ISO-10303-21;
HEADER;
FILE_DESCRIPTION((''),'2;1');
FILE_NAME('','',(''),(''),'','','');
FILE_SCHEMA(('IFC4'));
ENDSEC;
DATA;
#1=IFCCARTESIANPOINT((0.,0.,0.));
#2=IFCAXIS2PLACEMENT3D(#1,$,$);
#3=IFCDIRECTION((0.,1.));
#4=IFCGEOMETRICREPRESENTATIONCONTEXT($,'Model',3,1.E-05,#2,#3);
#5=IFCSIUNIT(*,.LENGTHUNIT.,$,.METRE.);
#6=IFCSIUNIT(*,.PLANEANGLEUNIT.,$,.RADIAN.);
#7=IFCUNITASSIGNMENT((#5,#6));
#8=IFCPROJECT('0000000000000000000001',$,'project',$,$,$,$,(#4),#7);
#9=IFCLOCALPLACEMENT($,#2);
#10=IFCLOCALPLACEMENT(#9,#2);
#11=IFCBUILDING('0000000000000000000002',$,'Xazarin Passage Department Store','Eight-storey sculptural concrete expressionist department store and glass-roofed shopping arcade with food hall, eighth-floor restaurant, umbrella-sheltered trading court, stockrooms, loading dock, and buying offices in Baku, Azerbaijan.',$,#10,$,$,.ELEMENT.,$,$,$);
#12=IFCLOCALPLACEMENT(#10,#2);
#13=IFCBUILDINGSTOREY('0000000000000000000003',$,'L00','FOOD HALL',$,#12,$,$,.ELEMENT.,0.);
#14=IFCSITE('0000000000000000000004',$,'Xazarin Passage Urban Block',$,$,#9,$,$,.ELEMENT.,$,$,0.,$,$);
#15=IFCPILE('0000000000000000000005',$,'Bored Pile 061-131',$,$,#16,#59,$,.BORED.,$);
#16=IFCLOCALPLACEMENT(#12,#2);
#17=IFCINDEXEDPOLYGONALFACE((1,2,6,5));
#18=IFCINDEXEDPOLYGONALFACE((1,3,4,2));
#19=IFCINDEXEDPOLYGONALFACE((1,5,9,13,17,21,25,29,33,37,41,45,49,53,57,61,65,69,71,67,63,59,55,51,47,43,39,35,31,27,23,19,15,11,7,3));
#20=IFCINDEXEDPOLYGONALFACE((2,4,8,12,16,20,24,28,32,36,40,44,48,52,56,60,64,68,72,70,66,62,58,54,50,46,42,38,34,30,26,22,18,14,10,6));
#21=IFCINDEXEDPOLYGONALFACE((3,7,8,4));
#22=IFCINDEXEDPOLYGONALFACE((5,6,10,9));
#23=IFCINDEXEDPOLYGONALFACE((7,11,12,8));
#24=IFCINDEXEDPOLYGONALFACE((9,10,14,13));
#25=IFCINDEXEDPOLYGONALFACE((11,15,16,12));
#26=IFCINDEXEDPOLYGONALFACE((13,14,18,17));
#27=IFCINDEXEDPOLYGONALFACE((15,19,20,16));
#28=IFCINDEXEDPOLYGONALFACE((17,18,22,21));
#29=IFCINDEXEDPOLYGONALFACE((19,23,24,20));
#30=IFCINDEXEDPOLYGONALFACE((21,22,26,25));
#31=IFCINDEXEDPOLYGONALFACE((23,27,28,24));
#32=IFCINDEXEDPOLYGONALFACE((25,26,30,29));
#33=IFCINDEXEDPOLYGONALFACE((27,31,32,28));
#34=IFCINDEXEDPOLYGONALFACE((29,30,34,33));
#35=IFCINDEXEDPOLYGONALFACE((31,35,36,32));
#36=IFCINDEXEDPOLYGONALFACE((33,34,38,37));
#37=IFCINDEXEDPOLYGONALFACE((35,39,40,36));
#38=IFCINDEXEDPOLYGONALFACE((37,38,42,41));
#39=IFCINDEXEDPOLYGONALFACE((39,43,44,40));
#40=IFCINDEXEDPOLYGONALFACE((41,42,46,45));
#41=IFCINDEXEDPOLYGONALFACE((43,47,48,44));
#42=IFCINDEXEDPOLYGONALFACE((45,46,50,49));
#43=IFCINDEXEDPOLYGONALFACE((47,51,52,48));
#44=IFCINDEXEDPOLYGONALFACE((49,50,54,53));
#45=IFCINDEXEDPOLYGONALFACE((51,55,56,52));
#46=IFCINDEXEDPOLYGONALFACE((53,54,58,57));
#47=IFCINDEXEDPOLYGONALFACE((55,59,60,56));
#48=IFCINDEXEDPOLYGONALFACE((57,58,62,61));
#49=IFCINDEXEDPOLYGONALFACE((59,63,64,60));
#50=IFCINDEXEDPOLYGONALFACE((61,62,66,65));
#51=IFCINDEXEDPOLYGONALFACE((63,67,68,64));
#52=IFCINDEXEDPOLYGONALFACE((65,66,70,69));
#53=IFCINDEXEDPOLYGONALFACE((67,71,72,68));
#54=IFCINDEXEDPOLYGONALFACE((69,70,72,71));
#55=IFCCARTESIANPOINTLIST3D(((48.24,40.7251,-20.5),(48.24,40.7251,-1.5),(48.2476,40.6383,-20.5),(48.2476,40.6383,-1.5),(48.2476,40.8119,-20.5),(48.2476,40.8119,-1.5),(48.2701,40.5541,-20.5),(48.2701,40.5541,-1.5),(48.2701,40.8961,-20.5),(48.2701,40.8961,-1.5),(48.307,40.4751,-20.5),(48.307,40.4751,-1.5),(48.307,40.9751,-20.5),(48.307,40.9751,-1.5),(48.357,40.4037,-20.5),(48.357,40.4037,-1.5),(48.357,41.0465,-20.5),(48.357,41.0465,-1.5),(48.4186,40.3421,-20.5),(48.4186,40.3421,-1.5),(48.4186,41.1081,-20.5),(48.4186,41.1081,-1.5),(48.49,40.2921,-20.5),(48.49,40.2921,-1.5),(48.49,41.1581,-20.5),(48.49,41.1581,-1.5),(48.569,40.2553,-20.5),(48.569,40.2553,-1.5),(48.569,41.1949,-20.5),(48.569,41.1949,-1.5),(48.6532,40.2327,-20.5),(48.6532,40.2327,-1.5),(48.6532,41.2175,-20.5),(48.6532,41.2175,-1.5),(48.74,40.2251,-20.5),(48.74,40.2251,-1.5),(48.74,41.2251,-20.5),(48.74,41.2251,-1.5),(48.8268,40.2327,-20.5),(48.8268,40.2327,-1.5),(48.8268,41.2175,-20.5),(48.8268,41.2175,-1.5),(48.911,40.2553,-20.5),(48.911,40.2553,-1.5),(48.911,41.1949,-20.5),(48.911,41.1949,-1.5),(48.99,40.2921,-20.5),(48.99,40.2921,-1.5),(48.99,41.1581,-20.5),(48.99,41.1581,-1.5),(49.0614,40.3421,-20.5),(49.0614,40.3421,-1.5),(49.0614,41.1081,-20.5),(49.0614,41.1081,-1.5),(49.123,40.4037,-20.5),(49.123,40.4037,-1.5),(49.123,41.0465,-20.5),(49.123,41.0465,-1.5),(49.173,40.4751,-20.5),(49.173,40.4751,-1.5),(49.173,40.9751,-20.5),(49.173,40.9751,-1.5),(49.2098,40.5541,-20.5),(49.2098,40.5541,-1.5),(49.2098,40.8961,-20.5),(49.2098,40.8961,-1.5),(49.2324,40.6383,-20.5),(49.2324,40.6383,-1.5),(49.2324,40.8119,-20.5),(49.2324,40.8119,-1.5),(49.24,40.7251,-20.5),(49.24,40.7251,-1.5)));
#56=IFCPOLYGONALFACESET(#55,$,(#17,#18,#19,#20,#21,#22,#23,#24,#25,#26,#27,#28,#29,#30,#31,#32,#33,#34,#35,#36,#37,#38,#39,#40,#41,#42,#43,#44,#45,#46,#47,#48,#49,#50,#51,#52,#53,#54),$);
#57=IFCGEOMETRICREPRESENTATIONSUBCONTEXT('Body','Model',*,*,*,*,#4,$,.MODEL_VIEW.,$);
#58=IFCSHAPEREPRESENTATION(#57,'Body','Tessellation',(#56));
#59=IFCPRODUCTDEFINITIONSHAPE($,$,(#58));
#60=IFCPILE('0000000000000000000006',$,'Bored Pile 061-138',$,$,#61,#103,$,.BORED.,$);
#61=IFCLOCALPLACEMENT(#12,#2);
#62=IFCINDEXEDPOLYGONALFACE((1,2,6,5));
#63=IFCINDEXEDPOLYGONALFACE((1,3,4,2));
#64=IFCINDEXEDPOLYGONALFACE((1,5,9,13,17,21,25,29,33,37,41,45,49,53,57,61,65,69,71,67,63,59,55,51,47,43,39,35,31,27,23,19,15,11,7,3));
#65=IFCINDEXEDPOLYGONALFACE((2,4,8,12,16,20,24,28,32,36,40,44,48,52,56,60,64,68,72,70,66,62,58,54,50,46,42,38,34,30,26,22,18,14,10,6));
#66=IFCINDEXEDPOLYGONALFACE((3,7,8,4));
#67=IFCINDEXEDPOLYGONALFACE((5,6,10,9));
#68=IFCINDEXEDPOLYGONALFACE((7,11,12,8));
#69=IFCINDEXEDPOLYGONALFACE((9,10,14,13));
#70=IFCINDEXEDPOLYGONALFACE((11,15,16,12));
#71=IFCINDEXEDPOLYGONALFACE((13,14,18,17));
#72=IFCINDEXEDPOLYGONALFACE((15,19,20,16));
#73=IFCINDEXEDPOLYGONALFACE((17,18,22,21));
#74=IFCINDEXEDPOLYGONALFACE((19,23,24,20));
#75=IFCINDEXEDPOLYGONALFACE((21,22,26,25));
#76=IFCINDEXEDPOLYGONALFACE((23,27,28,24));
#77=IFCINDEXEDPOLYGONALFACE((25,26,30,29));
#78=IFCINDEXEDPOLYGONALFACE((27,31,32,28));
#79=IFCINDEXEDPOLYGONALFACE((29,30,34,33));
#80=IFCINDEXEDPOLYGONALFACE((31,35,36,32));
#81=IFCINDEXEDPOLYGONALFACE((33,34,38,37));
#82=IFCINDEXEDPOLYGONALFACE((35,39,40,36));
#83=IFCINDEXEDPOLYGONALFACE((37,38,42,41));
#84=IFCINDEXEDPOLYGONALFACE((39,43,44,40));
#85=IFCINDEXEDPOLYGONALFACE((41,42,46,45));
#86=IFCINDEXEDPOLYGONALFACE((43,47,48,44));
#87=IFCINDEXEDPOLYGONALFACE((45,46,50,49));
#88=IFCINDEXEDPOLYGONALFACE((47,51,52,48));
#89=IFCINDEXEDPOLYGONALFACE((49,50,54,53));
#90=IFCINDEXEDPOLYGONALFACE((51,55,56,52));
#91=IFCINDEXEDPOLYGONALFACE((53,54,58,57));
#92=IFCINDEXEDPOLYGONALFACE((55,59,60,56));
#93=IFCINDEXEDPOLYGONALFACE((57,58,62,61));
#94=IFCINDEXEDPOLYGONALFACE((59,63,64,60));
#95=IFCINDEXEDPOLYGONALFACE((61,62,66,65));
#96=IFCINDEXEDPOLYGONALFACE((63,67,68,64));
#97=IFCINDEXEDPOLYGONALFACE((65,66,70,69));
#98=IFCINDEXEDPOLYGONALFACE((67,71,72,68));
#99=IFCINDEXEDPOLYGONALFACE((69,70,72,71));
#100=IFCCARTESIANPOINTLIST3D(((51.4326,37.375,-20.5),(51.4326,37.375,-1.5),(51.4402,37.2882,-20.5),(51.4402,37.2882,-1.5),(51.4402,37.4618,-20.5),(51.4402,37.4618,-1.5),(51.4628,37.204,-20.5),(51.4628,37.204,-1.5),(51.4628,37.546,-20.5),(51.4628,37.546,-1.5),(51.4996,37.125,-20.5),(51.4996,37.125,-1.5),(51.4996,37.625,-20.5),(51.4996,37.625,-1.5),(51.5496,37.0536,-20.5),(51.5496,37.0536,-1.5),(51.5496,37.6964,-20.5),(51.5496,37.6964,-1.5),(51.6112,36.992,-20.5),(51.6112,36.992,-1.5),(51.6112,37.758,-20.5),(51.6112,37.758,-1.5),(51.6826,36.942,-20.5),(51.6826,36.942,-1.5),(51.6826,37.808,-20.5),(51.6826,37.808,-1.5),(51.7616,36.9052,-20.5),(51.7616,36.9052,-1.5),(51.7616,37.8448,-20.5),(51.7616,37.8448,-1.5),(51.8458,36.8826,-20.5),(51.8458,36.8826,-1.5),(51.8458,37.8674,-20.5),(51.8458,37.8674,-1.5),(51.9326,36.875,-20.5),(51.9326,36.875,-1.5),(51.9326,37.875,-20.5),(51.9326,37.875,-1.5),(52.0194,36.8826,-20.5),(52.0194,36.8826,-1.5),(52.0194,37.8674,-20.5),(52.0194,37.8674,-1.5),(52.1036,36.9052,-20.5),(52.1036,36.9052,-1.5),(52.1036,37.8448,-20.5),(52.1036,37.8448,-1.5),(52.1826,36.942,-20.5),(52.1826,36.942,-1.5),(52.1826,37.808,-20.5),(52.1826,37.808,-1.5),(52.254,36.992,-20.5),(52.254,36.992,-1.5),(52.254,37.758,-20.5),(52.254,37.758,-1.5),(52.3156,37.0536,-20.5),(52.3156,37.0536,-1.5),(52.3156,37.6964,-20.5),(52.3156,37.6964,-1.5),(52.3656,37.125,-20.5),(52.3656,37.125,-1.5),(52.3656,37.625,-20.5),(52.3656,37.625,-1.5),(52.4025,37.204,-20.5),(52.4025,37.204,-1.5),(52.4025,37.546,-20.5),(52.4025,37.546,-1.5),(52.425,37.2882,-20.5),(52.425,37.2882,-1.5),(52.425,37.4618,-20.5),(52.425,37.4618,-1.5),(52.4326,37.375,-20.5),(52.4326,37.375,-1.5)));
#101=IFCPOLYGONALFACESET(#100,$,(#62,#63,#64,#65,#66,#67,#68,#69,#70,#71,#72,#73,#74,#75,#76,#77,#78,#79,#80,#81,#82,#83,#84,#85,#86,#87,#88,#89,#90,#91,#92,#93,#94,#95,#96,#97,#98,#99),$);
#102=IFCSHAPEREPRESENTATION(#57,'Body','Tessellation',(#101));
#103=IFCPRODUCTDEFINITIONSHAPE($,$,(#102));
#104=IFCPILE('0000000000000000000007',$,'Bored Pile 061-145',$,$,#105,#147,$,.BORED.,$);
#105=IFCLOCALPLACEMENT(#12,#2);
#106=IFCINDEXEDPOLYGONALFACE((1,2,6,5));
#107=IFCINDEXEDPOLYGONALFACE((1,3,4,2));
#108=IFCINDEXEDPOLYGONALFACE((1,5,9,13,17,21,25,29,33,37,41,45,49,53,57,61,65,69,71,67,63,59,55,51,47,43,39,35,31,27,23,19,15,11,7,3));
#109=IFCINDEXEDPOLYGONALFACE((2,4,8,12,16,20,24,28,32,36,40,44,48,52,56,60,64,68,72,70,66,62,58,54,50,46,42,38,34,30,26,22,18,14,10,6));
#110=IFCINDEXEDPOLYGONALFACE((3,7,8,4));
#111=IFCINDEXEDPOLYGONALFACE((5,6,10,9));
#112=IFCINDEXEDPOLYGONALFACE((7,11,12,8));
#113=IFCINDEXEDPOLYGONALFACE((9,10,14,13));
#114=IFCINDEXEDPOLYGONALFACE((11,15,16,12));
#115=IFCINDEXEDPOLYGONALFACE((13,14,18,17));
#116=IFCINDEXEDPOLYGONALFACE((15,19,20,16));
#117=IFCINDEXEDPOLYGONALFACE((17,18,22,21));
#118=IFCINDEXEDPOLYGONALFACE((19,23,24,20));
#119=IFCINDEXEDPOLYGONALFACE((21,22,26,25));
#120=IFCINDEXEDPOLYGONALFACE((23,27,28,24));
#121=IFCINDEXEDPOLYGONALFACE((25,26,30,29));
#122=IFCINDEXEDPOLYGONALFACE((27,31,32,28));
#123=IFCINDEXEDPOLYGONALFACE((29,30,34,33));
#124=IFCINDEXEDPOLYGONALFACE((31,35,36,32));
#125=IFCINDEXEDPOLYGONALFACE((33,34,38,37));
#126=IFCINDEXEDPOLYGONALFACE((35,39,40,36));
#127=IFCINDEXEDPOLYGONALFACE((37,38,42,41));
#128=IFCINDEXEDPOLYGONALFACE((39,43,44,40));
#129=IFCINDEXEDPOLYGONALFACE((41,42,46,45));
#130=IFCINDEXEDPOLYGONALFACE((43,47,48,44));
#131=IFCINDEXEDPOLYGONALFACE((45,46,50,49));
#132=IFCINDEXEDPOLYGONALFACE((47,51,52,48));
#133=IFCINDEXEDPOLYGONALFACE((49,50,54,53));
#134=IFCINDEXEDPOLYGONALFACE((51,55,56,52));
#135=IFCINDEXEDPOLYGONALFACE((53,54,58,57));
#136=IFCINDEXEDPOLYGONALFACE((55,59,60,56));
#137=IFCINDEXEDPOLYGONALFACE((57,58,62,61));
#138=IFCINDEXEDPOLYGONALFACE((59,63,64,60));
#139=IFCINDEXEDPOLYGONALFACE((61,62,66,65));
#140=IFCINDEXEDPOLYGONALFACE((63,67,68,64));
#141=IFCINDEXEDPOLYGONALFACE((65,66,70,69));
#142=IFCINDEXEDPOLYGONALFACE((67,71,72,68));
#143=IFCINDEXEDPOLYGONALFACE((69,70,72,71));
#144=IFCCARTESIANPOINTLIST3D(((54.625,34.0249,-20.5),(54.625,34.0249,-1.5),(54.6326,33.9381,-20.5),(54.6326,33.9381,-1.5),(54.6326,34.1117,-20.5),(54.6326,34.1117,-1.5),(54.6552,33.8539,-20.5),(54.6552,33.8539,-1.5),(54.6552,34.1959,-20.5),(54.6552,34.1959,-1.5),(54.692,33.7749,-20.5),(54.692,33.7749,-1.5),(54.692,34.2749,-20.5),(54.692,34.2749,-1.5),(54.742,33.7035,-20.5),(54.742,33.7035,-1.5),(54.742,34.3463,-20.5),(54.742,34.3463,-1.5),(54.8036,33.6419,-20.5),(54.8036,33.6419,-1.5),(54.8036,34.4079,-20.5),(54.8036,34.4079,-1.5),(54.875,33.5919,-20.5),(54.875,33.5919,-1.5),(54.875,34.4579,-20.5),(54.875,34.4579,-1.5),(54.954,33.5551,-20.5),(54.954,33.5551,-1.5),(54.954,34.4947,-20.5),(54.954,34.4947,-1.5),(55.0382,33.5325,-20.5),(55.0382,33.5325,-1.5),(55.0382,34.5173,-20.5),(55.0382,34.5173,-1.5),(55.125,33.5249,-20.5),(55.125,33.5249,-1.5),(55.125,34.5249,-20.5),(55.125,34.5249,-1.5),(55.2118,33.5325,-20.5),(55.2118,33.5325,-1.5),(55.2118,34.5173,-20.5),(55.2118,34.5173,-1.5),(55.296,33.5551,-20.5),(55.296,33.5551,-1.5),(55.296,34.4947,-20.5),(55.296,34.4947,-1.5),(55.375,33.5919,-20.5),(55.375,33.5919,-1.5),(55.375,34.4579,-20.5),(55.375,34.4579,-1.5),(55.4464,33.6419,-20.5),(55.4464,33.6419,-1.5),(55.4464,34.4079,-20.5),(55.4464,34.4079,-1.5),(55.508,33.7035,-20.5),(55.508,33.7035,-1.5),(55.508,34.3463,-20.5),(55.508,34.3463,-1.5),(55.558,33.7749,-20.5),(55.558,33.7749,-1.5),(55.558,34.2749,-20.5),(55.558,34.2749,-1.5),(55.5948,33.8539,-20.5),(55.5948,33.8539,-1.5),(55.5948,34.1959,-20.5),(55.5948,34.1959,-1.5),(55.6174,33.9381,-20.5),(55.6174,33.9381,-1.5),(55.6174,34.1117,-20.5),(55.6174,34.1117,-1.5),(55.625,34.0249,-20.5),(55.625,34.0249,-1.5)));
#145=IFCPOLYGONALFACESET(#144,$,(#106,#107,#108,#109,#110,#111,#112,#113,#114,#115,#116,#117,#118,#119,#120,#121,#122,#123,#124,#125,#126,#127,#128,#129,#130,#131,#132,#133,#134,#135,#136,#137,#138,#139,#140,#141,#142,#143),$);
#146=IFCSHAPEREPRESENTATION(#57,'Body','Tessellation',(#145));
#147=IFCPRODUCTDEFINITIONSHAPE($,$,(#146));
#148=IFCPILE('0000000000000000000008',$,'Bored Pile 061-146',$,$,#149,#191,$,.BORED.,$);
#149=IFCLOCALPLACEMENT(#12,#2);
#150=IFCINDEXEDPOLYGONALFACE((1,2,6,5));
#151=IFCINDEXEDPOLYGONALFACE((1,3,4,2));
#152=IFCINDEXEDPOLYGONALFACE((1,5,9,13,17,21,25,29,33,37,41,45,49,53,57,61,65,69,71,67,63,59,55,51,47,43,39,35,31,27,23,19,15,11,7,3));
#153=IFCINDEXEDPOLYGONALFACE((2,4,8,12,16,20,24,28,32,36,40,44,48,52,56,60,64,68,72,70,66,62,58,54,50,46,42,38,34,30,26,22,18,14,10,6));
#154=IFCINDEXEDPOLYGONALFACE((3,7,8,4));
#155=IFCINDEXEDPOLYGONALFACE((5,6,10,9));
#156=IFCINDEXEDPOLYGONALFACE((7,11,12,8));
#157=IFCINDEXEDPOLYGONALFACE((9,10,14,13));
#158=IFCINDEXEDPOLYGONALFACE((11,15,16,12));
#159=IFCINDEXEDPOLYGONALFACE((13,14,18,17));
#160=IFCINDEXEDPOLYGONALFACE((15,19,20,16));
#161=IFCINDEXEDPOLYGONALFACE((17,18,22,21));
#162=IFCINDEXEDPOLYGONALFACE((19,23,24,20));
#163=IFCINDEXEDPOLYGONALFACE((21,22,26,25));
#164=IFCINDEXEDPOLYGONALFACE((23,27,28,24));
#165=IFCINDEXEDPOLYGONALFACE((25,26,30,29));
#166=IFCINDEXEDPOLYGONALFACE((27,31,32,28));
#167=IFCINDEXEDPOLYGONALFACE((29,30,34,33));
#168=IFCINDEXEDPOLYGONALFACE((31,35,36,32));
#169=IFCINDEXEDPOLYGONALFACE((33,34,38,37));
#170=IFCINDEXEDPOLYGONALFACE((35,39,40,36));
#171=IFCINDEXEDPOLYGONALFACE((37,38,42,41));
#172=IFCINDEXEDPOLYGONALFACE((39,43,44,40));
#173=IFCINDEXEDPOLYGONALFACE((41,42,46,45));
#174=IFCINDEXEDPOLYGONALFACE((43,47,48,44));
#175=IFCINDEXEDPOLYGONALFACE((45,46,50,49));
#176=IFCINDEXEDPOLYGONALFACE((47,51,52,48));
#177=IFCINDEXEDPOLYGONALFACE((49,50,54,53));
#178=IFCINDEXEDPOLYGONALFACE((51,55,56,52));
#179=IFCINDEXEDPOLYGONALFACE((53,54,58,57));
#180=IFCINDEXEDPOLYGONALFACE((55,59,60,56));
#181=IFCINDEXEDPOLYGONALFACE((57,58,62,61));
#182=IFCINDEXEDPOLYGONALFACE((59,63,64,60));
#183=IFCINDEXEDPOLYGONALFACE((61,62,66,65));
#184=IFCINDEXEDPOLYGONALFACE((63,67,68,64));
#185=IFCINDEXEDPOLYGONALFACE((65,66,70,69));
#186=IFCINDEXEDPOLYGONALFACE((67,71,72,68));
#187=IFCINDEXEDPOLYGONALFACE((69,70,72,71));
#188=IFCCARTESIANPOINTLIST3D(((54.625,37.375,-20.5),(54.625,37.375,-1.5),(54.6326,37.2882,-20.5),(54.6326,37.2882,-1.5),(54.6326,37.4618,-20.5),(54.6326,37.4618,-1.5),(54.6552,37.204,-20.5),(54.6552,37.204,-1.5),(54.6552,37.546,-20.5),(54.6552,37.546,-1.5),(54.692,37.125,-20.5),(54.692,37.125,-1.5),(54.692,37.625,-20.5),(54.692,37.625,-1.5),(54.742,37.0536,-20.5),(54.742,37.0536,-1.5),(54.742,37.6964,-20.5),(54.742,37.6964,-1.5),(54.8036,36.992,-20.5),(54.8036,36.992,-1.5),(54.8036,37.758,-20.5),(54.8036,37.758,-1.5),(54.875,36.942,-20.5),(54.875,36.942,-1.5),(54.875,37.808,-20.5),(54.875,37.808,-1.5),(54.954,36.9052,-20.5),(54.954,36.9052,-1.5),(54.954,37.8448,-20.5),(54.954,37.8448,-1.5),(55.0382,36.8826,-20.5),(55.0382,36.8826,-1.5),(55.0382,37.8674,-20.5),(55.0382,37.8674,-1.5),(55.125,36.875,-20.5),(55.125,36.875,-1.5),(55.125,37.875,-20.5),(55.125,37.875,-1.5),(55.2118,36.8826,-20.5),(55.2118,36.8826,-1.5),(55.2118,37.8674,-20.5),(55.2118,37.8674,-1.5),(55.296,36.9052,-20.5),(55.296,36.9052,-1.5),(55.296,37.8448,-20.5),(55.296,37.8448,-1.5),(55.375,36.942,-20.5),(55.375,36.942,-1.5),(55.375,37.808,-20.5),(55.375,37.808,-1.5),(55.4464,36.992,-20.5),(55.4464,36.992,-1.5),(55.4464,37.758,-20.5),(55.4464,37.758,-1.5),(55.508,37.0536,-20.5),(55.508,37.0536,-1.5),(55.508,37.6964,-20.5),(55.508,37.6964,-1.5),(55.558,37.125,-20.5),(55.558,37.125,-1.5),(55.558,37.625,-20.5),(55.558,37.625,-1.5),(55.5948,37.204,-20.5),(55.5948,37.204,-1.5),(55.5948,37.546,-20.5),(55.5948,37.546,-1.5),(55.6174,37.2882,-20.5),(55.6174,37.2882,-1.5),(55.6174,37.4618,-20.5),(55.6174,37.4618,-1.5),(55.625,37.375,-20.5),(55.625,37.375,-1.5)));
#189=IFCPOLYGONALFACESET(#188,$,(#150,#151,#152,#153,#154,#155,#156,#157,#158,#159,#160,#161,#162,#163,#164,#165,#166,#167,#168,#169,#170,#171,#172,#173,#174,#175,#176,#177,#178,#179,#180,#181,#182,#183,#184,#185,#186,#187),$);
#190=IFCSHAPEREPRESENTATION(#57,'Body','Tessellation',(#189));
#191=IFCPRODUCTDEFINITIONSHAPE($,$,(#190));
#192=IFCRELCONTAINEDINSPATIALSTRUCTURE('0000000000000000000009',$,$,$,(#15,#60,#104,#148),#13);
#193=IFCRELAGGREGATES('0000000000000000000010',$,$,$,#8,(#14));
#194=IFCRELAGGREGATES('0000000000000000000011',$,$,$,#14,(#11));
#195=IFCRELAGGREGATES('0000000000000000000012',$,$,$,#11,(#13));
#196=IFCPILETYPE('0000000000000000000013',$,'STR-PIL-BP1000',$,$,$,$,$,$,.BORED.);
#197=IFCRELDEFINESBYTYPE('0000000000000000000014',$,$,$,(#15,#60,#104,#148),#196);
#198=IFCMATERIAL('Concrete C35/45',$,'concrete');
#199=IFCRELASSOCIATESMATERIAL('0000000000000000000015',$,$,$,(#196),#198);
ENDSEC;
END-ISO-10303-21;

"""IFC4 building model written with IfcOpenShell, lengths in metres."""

from ifc_helpers import new_model, si_unit, direction, frame, origin, origin_2d, place, context, subcontext, project, spatial, circle, extrude, material, material_profile, profile_set, type_object, element, save


model = new_model("IFC4")

# Units and contexts
model_context = context("Model", 3, precision=1e-05, world=origin(), true_north=direction((0.0, 1.0)))
body_context = subcontext(model_context, "Body", "Model", "MODEL_VIEW")
ifc_project = project(units=[si_unit("LENGTHUNIT", "METRE"), si_unit("PLANEANGLEUNIT", "RADIAN")], contexts=[model_context])

# Site, building, storey
site_placement = place(None, origin())
site = spatial("IfcSite", under=ifc_project, at=site_placement, Name="Xazarin Passage Urban Block", CompositionType="ELEMENT", RefElevation=0.0)
building_placement = place(site_placement, origin())
building = spatial("IfcBuilding", under=site, at=building_placement, Name="Xazarin Passage Department Store", Description="Eight-storey sculptural concrete expressionist department store and glass-roofed shopping arcade with food hall, eighth-floor restaurant, umbrella-sheltered trading court, stockrooms, loading dock, and buying offices in Baku, Azerbaijan.", CompositionType="ELEMENT")
storey_placement = place(building_placement, origin())
storey = spatial("IfcBuildingStorey", under=building, at=storey_placement, Name="L00", Description="FOOD HALL", CompositionType="ELEMENT", Elevation=0.0)

# Piles
ifc_material_1 = material(Name="Concrete C35/45", Category="concrete")
ifc_material_profile_1 = material_profile(ifc_material_1, circle(Radius=0.5, at=origin_2d()), Name="BP 1000")
ifc_profile_set_1 = profile_set([ifc_material_profile_1], Name="Concrete C35/45")
pile_type_1 = type_object("IfcPileType", Name="STR-PIL-BP1000", PredefinedType="BORED", material=ifc_profile_set_1)
for number, where, z_axis, x_axis, name in (
    (1, (48.74, 40.7251, -1.5), (0.0, 0.0, -1.0), (1.0, 0.0, 0.0), "Bored Pile 061-131"),
    (2, (51.9326, 37.375, -1.5), (0.0, 0.0, -1.0), (1.0, 0.0, 0.0), "Bored Pile 061-138"),
    (3, (55.125, 34.0249, -1.5), (0.0, 0.0, -1.0), (1.0, 0.0, 0.0), "Bored Pile 061-145"),
    (4, (55.125, 37.375, -1.5), (0.0, 0.0, -1.0), (1.0, 0.0, 0.0), "Bored Pile 061-146"),
):
    element("IfcPile", number, at=place(storey_placement, frame(where, z_axis=z_axis, x_axis=x_axis)), inside=storey, type_object=pile_type_1, Name=name, PredefinedType="BORED", context=body_context, shape_type="SweptSolid", body=[
        extrude(circle(Radius=0.5, at=origin_2d()), origin(), (0.0, 0.0, 1.0), 19.0),
    ])

save(model, "model.ifc")
